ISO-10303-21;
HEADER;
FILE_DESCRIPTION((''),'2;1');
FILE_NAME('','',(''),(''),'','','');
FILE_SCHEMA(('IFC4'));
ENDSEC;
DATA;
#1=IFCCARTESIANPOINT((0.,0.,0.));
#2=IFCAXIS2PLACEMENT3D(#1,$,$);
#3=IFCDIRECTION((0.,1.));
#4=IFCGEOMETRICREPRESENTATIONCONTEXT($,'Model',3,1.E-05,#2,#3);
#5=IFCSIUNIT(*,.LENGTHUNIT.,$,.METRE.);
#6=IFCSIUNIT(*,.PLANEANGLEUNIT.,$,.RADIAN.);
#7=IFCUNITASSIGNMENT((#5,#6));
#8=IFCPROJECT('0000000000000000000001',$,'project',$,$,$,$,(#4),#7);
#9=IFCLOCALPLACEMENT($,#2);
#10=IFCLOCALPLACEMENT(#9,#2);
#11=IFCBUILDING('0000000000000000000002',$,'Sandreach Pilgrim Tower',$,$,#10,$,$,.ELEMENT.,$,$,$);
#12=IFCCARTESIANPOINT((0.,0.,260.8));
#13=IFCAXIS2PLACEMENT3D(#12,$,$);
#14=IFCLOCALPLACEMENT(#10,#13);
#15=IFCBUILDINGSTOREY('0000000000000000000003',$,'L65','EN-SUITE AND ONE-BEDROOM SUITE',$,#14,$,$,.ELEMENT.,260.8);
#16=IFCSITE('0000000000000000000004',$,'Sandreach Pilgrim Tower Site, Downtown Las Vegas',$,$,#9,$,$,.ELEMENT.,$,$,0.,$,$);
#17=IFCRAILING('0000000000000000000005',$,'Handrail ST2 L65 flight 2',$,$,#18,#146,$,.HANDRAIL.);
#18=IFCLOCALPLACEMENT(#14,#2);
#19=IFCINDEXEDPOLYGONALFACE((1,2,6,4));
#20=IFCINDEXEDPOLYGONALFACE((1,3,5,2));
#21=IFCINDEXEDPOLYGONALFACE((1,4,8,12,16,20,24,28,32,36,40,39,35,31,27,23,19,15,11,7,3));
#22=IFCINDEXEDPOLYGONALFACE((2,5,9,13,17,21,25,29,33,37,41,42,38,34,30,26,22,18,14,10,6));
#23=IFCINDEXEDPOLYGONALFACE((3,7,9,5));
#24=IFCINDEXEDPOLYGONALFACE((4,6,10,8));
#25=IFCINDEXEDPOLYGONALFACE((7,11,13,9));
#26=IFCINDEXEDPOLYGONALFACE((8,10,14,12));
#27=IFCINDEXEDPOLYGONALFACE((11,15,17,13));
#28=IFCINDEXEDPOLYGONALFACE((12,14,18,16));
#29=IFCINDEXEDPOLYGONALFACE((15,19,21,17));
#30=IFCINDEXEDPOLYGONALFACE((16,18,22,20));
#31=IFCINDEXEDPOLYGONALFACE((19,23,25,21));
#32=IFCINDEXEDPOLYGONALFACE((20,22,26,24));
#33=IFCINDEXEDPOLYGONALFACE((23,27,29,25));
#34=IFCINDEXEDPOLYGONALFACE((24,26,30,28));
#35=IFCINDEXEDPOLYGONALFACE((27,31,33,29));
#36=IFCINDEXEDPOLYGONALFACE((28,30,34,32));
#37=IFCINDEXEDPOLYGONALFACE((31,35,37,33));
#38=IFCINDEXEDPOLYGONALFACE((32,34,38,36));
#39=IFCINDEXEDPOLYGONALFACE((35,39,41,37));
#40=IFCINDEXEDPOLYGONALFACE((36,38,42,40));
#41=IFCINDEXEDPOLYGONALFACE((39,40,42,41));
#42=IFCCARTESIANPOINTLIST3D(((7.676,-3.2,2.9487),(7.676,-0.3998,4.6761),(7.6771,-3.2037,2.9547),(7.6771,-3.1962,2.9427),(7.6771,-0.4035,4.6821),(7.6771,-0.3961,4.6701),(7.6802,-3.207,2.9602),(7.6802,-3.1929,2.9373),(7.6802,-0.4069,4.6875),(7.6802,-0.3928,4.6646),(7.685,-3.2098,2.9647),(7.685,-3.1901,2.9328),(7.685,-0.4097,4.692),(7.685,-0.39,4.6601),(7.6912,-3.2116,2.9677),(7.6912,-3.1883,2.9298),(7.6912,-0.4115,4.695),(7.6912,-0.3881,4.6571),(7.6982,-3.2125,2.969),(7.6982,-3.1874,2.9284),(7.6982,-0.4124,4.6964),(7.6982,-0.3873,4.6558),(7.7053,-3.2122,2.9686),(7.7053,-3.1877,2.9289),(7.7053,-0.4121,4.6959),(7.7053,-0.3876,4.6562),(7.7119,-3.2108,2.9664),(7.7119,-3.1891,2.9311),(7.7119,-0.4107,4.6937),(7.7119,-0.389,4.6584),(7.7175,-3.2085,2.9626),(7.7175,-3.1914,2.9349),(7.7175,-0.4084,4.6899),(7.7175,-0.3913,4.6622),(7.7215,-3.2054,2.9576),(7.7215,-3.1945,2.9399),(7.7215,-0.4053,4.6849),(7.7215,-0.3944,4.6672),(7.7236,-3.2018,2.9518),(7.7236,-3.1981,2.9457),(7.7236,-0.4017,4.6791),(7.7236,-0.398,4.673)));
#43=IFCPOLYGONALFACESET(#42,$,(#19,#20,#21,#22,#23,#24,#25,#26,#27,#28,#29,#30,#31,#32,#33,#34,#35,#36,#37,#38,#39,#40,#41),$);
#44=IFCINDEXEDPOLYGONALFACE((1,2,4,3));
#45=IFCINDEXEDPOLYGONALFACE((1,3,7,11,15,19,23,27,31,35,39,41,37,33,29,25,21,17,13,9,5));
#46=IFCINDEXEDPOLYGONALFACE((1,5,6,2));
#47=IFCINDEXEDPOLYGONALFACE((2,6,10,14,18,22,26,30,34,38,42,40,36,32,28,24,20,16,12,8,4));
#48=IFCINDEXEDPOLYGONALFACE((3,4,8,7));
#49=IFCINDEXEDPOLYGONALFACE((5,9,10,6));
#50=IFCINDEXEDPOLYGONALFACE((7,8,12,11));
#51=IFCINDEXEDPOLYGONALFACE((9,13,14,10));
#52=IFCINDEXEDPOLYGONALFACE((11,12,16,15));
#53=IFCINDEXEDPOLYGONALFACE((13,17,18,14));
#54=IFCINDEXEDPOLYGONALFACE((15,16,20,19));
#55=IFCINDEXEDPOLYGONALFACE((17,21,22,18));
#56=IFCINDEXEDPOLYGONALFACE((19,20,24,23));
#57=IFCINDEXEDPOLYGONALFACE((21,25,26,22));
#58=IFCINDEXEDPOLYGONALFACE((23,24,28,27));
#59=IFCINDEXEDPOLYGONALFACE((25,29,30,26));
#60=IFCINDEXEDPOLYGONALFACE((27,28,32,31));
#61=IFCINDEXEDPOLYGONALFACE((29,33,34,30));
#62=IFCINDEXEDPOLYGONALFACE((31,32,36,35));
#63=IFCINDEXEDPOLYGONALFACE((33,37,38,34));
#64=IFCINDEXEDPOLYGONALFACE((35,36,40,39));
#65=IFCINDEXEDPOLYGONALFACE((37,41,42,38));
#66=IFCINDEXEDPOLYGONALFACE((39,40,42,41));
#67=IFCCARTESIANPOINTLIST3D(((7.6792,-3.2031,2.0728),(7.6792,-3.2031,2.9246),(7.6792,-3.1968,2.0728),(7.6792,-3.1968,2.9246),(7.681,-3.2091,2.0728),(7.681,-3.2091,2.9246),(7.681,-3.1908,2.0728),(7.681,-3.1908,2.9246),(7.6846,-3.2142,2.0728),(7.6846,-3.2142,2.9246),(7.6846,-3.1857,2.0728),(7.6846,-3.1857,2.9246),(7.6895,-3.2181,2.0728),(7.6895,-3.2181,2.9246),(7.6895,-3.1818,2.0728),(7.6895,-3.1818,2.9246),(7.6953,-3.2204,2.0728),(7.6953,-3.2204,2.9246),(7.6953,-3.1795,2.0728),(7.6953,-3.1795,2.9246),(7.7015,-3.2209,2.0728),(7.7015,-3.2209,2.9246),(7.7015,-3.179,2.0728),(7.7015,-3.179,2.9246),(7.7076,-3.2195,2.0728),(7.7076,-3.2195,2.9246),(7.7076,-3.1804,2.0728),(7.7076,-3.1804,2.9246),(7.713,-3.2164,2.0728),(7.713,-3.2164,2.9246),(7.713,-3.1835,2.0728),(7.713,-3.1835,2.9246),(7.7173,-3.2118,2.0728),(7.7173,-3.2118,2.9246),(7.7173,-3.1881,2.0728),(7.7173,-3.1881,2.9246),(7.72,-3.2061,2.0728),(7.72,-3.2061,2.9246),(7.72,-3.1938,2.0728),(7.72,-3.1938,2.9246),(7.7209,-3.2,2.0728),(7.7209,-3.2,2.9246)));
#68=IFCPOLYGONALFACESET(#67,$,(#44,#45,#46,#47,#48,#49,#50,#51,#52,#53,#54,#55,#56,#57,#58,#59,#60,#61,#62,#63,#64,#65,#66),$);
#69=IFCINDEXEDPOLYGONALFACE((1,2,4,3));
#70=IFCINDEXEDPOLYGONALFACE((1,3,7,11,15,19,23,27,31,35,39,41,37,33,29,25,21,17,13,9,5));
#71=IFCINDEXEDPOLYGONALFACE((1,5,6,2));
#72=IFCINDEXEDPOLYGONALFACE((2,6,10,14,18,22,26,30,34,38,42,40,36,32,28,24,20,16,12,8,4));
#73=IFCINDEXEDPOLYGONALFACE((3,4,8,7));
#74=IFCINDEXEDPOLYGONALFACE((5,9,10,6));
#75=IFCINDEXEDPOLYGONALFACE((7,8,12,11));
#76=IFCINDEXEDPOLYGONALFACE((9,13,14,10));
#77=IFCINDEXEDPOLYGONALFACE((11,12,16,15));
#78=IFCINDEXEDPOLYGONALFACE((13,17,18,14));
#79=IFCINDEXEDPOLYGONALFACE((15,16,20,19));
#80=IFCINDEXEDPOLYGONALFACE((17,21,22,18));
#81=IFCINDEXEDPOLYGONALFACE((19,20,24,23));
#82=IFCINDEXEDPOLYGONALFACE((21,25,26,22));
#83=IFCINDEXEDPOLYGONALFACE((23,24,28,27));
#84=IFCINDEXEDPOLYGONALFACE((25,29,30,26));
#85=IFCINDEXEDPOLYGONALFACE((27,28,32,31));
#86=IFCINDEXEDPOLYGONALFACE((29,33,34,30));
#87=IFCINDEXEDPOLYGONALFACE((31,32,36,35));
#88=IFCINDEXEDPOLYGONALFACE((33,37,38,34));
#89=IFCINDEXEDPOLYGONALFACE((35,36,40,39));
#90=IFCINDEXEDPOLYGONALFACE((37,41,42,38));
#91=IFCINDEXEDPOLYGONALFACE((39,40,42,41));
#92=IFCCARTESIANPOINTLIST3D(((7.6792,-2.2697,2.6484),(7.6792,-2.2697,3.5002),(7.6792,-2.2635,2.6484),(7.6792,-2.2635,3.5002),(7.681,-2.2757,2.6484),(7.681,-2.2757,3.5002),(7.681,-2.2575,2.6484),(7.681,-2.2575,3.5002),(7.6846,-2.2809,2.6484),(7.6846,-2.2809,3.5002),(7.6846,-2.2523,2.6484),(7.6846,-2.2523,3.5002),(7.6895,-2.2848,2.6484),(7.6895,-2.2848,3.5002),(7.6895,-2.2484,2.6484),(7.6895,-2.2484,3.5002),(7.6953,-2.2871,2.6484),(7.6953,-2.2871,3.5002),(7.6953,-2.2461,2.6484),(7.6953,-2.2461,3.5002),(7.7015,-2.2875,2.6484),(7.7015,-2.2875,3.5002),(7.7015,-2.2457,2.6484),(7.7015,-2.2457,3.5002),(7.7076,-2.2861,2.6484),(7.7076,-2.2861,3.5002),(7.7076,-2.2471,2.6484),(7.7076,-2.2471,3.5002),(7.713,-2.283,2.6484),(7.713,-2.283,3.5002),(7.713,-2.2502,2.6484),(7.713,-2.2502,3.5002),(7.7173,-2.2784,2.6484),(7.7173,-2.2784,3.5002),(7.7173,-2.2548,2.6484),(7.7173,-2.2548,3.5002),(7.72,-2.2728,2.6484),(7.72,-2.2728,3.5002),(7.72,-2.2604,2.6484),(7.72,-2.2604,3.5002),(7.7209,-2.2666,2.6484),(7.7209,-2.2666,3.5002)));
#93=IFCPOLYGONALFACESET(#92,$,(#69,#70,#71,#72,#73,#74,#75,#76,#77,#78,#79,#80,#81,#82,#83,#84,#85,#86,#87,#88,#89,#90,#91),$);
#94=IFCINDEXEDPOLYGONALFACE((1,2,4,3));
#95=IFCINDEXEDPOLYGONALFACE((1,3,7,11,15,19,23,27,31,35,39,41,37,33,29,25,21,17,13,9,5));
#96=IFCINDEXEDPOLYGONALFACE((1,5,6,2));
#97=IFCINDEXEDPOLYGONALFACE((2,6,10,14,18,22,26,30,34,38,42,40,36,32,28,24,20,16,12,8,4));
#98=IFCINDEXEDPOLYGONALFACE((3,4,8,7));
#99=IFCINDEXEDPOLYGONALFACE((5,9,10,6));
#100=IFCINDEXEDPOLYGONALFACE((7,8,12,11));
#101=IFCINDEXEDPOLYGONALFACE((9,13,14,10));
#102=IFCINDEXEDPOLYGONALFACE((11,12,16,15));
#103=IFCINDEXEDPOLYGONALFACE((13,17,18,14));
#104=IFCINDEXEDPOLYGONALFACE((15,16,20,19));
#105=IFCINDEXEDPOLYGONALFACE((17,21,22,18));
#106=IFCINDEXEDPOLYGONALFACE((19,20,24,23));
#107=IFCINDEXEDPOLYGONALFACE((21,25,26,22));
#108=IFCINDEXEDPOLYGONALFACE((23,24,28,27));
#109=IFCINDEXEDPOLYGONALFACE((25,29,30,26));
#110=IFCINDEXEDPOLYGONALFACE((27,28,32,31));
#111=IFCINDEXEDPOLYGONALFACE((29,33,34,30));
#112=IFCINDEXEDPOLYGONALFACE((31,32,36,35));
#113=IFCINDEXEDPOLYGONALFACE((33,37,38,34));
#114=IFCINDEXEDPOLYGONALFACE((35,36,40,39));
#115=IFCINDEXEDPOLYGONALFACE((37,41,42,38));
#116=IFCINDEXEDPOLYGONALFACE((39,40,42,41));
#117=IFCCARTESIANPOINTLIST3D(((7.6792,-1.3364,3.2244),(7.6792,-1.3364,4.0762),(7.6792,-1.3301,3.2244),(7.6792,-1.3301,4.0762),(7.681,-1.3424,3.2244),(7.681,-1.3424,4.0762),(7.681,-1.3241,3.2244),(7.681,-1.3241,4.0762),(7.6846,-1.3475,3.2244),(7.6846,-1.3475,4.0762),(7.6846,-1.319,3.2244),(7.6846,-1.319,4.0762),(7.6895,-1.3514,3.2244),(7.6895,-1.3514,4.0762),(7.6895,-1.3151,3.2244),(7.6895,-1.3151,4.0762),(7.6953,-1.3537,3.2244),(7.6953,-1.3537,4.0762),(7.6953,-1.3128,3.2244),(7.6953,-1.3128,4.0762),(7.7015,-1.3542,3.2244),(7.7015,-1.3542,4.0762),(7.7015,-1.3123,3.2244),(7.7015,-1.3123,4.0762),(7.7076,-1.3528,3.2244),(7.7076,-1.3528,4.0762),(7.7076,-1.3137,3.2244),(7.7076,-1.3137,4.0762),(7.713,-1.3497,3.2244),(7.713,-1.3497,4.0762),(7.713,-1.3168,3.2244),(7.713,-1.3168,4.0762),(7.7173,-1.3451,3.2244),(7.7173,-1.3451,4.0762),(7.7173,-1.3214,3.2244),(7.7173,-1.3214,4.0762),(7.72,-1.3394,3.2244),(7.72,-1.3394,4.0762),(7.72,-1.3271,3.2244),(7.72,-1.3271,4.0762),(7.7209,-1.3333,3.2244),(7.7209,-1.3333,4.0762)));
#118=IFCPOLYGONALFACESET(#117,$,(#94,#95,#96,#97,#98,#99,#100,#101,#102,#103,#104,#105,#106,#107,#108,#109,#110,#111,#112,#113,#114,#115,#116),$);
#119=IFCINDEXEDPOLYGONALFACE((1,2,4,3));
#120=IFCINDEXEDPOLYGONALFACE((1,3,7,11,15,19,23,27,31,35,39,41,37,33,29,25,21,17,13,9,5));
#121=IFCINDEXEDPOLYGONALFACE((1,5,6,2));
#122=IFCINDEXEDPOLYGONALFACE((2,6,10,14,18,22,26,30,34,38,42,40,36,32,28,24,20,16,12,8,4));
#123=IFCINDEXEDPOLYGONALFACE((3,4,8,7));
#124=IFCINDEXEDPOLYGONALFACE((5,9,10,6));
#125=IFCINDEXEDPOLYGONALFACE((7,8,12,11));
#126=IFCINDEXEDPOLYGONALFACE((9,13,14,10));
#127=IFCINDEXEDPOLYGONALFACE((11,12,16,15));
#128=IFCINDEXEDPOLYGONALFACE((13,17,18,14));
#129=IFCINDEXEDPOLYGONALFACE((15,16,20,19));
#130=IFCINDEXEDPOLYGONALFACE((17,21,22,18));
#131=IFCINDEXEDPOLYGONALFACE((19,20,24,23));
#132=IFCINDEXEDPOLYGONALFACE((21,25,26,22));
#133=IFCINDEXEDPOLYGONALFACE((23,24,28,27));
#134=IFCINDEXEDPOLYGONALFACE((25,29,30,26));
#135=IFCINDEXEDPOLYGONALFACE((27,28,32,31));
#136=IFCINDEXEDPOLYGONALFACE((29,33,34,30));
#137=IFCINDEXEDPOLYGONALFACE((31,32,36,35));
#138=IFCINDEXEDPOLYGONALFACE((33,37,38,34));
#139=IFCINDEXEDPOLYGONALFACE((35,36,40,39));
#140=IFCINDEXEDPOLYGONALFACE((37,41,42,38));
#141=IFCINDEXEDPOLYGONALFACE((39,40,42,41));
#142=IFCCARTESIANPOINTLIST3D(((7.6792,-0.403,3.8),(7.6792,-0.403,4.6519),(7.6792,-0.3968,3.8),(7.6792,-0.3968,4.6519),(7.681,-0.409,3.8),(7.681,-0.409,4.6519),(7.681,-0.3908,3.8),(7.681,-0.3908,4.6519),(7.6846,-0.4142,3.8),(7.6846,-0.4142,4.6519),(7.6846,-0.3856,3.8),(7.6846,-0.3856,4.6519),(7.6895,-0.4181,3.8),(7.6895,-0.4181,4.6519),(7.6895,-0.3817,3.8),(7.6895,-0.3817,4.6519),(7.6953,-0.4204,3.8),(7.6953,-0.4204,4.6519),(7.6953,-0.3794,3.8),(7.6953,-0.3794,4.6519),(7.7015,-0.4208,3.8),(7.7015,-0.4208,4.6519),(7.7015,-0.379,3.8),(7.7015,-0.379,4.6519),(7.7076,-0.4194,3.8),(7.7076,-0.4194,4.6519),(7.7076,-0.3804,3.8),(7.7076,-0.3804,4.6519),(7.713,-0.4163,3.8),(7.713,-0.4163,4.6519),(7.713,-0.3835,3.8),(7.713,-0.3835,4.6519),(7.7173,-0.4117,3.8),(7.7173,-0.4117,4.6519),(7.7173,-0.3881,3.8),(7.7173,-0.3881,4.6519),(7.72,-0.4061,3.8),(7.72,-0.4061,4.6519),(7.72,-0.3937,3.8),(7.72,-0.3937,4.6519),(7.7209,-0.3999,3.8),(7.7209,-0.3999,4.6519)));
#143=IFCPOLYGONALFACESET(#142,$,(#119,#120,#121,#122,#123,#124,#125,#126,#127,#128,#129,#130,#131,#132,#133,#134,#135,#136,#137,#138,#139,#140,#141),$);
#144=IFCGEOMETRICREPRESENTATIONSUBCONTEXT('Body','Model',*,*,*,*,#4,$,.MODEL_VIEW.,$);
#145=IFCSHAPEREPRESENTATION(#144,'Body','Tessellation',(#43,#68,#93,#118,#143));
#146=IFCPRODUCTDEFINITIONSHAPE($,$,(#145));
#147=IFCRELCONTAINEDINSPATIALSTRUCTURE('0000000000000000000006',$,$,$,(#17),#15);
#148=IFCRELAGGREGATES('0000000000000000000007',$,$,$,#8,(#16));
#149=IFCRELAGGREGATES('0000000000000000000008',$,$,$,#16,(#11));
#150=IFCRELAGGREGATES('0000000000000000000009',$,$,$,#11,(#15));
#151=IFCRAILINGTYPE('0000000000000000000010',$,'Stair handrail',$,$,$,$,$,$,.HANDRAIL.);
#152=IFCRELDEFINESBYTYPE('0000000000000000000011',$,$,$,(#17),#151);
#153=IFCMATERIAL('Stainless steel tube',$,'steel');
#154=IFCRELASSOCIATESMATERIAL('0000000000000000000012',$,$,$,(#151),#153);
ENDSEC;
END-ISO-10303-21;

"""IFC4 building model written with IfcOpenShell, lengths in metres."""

from ifc_helpers import new_model, si_unit, direction, frame, origin, origin_2d, place, context, subcontext, project, spatial, circle, extrude, material, type_object, element, save


model = new_model("IFC4")

# Units and contexts
model_context = context("Model", 3, precision=1e-05, world=origin(), true_north=direction((0.0, 1.0)))
body_context = subcontext(model_context, "Body", "Model", "MODEL_VIEW")
ifc_project = project(units=[si_unit("LENGTHUNIT", "METRE"), si_unit("PLANEANGLEUNIT", "RADIAN")], contexts=[model_context])

# Site, building, storey
site_placement = place(None, origin())
site = spatial("IfcSite", under=ifc_project, at=site_placement, Name="Sandreach Pilgrim Tower Site, Downtown Las Vegas", CompositionType="ELEMENT", RefElevation=0.0)
building_placement = place(site_placement, origin())
building = spatial("IfcBuilding", under=site, at=building_placement, Name="Sandreach Pilgrim Tower", CompositionType="ELEMENT")
storey_placement = place(building_placement, frame((0.0, 0.0, 260.8)))
storey = spatial("IfcBuildingStorey", under=building, at=storey_placement, Name="L65", Description="EN-SUITE AND ONE-BEDROOM SUITE", CompositionType="ELEMENT", Elevation=260.8)

# Railing
ifc_material_1 = material(Name="Stainless steel tube", Category="steel")
railing_type = type_object("IfcRailingType", Name="Stair handrail", PredefinedType="HANDRAIL", material=ifc_material_1)
for number, where, name in (
    (1, (7.7, -3.2, 2.0728), "Handrail ST2 L65 flight 2"),
):
    element("IfcRailing", number, at=place(storey_placement, frame(where)), inside=storey, type_object=railing_type, Name=name, PredefinedType="HANDRAIL", context=body_context, shape_type="SweptSolid", body=[
        extrude(circle(Radius=0.0239, at=origin_2d()), frame((0.0, 0.0, 0.876), z_axis=(0.0, 0.85109, 0.52502), x_axis=(-1.0, 0.0, 0.0)), (0.0, 0.0, 1.0), 3.29),
        extrude(circle(Radius=0.021, at=origin_2d()), origin(), (0.0, 0.0, 1.0), 0.8518),
        extrude(circle(Radius=0.021, at=origin_2d()), frame((0.0, 0.9333, 0.5757)), (0.0, 0.0, 1.0), 0.8518),
        extrude(circle(Radius=0.021, at=origin_2d()), frame((0.0, 1.8667, 1.1516)), (0.0, 0.0, 1.0), 0.8518),
        extrude(circle(Radius=0.021, at=origin_2d()), frame((0.0, 2.8, 1.7273)), (0.0, 0.0, 1.0), 0.8518),
    ])

save(model, "model.ifc")
